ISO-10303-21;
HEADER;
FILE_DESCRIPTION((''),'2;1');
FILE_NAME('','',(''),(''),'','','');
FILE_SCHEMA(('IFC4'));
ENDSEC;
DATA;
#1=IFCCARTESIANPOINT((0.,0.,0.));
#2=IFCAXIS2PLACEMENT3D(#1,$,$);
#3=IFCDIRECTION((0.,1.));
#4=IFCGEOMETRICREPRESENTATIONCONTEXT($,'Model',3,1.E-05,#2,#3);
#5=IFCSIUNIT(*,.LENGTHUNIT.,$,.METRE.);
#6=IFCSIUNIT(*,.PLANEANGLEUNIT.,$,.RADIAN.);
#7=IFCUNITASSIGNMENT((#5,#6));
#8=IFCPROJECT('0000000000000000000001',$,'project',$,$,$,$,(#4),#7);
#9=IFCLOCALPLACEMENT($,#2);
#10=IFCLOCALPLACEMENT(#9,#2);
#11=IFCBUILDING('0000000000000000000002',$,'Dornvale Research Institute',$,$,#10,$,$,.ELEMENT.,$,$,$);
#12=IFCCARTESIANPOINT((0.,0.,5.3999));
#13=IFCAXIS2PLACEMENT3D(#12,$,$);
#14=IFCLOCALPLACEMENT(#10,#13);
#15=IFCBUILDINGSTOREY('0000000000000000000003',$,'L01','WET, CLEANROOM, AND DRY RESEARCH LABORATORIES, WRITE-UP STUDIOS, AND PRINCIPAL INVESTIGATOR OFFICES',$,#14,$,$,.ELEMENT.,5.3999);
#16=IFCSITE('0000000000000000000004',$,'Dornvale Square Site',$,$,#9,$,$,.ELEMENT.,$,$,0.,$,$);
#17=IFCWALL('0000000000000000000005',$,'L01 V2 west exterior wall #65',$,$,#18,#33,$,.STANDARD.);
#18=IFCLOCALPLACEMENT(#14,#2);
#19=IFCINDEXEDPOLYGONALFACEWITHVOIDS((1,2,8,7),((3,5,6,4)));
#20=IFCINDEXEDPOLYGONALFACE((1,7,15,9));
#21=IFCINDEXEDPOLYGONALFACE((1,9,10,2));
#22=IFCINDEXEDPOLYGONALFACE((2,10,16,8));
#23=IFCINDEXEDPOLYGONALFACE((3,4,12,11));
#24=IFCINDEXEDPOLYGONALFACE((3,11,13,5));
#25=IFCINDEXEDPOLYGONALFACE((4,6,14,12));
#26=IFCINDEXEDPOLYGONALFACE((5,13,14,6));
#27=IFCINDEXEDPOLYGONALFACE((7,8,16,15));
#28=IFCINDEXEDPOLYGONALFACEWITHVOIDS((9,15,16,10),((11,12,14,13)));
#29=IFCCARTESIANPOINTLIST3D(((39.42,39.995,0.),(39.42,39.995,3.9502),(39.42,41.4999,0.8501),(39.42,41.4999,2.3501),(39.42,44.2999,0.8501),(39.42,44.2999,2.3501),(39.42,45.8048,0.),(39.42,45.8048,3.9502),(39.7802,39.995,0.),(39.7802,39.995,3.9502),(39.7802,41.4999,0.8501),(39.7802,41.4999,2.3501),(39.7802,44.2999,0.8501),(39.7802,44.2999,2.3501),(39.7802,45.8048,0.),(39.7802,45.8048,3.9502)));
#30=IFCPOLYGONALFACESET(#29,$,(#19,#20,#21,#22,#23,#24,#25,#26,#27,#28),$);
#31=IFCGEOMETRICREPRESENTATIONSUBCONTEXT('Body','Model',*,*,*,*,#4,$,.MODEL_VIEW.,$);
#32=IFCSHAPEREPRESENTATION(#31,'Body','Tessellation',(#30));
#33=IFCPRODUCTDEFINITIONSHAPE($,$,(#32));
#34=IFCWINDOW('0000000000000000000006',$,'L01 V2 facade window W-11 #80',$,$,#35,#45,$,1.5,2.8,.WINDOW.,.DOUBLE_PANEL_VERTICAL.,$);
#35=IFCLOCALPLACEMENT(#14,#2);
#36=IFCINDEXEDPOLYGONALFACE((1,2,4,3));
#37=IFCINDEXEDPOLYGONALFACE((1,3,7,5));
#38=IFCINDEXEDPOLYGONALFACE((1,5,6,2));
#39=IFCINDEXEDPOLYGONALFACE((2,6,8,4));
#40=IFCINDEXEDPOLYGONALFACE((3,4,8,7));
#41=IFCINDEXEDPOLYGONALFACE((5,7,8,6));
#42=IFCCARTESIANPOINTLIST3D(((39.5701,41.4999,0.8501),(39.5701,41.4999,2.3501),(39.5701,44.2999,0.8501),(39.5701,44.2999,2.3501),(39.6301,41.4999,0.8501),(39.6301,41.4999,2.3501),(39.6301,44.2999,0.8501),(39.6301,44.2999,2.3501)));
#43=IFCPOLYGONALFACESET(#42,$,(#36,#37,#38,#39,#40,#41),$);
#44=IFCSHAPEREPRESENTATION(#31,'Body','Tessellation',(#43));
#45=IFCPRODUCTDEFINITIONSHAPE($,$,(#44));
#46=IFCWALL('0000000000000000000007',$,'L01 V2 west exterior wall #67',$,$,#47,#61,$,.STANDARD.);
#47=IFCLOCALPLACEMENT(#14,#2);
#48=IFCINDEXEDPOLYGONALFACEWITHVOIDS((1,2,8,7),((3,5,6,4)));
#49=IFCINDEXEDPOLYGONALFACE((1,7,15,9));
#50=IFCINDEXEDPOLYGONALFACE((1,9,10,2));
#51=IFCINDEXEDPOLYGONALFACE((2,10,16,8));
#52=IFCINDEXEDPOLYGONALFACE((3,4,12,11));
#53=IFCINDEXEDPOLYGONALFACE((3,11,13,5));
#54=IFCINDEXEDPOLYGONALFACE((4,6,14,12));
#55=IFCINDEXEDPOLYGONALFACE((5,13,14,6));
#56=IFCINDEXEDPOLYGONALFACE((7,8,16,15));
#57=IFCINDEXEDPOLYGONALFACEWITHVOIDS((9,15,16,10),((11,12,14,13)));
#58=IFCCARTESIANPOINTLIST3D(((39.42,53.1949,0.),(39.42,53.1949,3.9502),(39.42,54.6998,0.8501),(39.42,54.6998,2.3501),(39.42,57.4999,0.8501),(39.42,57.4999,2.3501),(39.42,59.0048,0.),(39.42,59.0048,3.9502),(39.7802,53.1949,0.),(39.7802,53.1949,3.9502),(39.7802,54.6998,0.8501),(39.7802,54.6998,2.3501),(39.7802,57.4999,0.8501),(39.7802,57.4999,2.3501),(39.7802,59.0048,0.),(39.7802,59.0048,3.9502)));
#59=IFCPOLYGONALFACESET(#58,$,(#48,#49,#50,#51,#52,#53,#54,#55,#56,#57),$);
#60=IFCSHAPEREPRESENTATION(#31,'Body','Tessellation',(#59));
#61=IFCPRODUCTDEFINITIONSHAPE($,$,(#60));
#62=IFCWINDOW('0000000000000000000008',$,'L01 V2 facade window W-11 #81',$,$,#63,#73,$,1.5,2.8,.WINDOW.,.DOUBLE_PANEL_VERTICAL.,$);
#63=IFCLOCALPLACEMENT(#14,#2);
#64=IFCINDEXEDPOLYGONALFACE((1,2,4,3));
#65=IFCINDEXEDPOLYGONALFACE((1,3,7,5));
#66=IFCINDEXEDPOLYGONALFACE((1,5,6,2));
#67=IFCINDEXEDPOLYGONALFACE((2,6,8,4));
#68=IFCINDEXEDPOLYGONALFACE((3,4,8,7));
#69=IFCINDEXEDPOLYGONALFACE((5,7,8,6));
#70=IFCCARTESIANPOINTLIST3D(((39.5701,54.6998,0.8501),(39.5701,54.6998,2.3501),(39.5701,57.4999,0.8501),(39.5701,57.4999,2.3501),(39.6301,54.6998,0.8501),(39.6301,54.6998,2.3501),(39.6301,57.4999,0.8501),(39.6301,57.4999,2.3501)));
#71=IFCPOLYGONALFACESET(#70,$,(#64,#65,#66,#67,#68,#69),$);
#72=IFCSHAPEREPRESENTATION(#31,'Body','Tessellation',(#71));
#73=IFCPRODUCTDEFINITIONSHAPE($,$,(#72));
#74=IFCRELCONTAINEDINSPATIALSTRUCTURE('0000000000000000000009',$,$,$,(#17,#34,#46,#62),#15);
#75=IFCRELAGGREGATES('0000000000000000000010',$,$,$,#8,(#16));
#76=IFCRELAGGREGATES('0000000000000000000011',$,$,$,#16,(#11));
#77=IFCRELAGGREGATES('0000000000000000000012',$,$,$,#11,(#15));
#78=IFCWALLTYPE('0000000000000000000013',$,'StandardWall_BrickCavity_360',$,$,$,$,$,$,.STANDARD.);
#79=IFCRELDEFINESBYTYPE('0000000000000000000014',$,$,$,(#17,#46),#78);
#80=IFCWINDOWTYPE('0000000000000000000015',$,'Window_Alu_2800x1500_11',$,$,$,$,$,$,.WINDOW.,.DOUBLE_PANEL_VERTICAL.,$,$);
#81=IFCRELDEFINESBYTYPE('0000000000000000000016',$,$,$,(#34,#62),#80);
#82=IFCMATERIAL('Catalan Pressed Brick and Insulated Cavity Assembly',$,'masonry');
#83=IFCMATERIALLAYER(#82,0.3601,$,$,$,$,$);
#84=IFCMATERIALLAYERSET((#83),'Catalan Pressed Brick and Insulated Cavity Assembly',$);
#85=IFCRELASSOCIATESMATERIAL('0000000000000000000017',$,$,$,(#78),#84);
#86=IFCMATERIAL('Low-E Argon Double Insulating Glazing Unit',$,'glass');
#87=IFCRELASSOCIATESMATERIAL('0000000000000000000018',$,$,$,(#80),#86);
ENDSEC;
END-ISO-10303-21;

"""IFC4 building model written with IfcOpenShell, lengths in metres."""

from ifc_helpers import new_model, si_unit, direction, frame, frame_2d, origin, place, context, subcontext, project, spatial, rectangle, extrude, material, layer, layer_set, type_object, element, fill, save


model = new_model("IFC4")

# Units and contexts
model_context = context("Model", 3, precision=1e-05, world=origin(), true_north=direction((0.0, 1.0)))
body_context = subcontext(model_context, "Body", "Model", "MODEL_VIEW")
ifc_project = project(units=[si_unit("LENGTHUNIT", "METRE"), si_unit("PLANEANGLEUNIT", "RADIAN")], contexts=[model_context])

# Site, building, storey
site_placement = place(None, origin())
site = spatial("IfcSite", under=ifc_project, at=site_placement, Name="Dornvale Square Site", CompositionType="ELEMENT", RefElevation=0.0)
building_placement = place(site_placement, origin())
building = spatial("IfcBuilding", under=site, at=building_placement, Name="Dornvale Research Institute", CompositionType="ELEMENT")
storey_placement = place(building_placement, frame((0.0, 0.0, 5.3999)))
storey = spatial("IfcBuildingStorey", under=building, at=storey_placement, Name="L01", Description="WET, CLEANROOM, AND DRY RESEARCH LABORATORIES, WRITE-UP STUDIOS, AND PRINCIPAL INVESTIGATOR OFFICES", CompositionType="ELEMENT", Elevation=5.3999)

# Walls, openings, windows
ifc_material_1 = material(Name="Catalan Pressed Brick and Insulated Cavity Assembly", Category="masonry")
ifc_layer_1 = layer(ifc_material_1, 0.3601)
ifc_layer_set_1 = layer_set([ifc_layer_1], Name="Catalan Pressed Brick and Insulated Cavity Assembly")
wall_type_1 = type_object("IfcWallType", Name="StandardWall_BrickCavity_360", PredefinedType="STANDARD", material=ifc_layer_set_1)
wall_1_placement = place(storey_placement, frame((39.6001, 39.9951, 0.0), z_axis=(0.0, 0.0, 1.0), x_axis=(0.0, 1.0, 0.0)))
wall_1 = element("IfcWall", 1, at=wall_1_placement, inside=storey, type_object=wall_type_1, Name="L01 V2 west exterior wall #65", PredefinedType="STANDARD", context=body_context, shape_type="SweptSolid", body=[
    extrude(rectangle(XDim=5.8098, YDim=0.3601, at=frame_2d((2.9048, 0.0))), origin(), (0.0, 0.0, 1.0), 3.9502),
])
opening_1_placement = place(wall_1_placement, frame((1.5049, 0.0, 0.8501)))
opening_1 = element("IfcOpeningElement", 2, at=opening_1_placement, cuts=wall_1, PredefinedType="OPENING", context=body_context, shape_type="SweptSolid", body=[
    extrude(rectangle(XDim=2.8, YDim=1.5, at=frame_2d((1.3999, 0.75))), frame((0.0, 0.1951, 0.0), z_axis=(0.0, -1.0, 0.0), x_axis=(1.0, 0.0, 0.0)), (0.0, 0.0, 1.0), 0.3901),
])
ifc_material_2 = material(Name="Low-E Argon Double Insulating Glazing Unit", Category="glass")
window_type = type_object("IfcWindowType", Name="Window_Alu_2800x1500_11", PartitioningType="DOUBLE_PANEL_VERTICAL", PredefinedType="WINDOW", material=ifc_material_2)
window_1_placement = place(opening_1_placement, origin())
window_1 = element("IfcWindow", 3, at=window_1_placement, inside=storey, type_object=window_type, Name="L01 V2 facade window W-11 #80", OverallHeight=1.5, OverallWidth=2.8, PartitioningType="DOUBLE_PANEL_VERTICAL", PredefinedType="WINDOW", context=body_context, shape_type="SweptSolid", body=[
    extrude(rectangle(XDim=2.8, YDim=1.5, at=frame_2d((1.3999, 0.75))), frame((0.0, 0.03, 0.0), z_axis=(0.0, -1.0, 0.0), x_axis=(1.0, 0.0, 0.0)), (0.0, 0.0, 1.0), 0.0601),
])
fill(opening_1, window_1)
wall_2_placement = place(storey_placement, frame((39.6001, 53.1951, 0.0), z_axis=(0.0, 0.0, 1.0), x_axis=(0.0, 1.0, 0.0)))
wall_2 = element("IfcWall", 4, at=wall_2_placement, inside=storey, type_object=wall_type_1, Name="L01 V2 west exterior wall #67", PredefinedType="STANDARD", context=body_context, shape_type="SweptSolid", body=[
    extrude(rectangle(XDim=5.8098, YDim=0.3601, at=frame_2d((2.9048, 0.0))), origin(), (0.0, 0.0, 1.0), 3.9502),
])
opening_2_placement = place(wall_2_placement, frame((1.5049, 0.0, 0.8501)))
opening_2 = element("IfcOpeningElement", 5, at=opening_2_placement, cuts=wall_2, PredefinedType="OPENING", context=body_context, shape_type="SweptSolid", body=[
    extrude(rectangle(XDim=2.8, YDim=1.5, at=frame_2d((1.3999, 0.75))), frame((0.0, 0.1951, 0.0), z_axis=(0.0, -1.0, 0.0), x_axis=(1.0, 0.0, 0.0)), (0.0, 0.0, 1.0), 0.3901),
])
window_2_placement = place(opening_2_placement, origin())
window_2 = element("IfcWindow", 6, at=window_2_placement, inside=storey, type_object=window_type, Name="L01 V2 facade window W-11 #81", OverallHeight=1.5, OverallWidth=2.8, PartitioningType="DOUBLE_PANEL_VERTICAL", PredefinedType="WINDOW", context=body_context, shape_type="SweptSolid", body=[
    extrude(rectangle(XDim=2.8, YDim=1.5, at=frame_2d((1.3999, 0.75))), frame((0.0, 0.03, 0.0), z_axis=(0.0, -1.0, 0.0), x_axis=(1.0, 0.0, 0.0)), (0.0, 0.0, 1.0), 0.0601),
])
fill(opening_2, window_2)

save(model, "model.ifc")
